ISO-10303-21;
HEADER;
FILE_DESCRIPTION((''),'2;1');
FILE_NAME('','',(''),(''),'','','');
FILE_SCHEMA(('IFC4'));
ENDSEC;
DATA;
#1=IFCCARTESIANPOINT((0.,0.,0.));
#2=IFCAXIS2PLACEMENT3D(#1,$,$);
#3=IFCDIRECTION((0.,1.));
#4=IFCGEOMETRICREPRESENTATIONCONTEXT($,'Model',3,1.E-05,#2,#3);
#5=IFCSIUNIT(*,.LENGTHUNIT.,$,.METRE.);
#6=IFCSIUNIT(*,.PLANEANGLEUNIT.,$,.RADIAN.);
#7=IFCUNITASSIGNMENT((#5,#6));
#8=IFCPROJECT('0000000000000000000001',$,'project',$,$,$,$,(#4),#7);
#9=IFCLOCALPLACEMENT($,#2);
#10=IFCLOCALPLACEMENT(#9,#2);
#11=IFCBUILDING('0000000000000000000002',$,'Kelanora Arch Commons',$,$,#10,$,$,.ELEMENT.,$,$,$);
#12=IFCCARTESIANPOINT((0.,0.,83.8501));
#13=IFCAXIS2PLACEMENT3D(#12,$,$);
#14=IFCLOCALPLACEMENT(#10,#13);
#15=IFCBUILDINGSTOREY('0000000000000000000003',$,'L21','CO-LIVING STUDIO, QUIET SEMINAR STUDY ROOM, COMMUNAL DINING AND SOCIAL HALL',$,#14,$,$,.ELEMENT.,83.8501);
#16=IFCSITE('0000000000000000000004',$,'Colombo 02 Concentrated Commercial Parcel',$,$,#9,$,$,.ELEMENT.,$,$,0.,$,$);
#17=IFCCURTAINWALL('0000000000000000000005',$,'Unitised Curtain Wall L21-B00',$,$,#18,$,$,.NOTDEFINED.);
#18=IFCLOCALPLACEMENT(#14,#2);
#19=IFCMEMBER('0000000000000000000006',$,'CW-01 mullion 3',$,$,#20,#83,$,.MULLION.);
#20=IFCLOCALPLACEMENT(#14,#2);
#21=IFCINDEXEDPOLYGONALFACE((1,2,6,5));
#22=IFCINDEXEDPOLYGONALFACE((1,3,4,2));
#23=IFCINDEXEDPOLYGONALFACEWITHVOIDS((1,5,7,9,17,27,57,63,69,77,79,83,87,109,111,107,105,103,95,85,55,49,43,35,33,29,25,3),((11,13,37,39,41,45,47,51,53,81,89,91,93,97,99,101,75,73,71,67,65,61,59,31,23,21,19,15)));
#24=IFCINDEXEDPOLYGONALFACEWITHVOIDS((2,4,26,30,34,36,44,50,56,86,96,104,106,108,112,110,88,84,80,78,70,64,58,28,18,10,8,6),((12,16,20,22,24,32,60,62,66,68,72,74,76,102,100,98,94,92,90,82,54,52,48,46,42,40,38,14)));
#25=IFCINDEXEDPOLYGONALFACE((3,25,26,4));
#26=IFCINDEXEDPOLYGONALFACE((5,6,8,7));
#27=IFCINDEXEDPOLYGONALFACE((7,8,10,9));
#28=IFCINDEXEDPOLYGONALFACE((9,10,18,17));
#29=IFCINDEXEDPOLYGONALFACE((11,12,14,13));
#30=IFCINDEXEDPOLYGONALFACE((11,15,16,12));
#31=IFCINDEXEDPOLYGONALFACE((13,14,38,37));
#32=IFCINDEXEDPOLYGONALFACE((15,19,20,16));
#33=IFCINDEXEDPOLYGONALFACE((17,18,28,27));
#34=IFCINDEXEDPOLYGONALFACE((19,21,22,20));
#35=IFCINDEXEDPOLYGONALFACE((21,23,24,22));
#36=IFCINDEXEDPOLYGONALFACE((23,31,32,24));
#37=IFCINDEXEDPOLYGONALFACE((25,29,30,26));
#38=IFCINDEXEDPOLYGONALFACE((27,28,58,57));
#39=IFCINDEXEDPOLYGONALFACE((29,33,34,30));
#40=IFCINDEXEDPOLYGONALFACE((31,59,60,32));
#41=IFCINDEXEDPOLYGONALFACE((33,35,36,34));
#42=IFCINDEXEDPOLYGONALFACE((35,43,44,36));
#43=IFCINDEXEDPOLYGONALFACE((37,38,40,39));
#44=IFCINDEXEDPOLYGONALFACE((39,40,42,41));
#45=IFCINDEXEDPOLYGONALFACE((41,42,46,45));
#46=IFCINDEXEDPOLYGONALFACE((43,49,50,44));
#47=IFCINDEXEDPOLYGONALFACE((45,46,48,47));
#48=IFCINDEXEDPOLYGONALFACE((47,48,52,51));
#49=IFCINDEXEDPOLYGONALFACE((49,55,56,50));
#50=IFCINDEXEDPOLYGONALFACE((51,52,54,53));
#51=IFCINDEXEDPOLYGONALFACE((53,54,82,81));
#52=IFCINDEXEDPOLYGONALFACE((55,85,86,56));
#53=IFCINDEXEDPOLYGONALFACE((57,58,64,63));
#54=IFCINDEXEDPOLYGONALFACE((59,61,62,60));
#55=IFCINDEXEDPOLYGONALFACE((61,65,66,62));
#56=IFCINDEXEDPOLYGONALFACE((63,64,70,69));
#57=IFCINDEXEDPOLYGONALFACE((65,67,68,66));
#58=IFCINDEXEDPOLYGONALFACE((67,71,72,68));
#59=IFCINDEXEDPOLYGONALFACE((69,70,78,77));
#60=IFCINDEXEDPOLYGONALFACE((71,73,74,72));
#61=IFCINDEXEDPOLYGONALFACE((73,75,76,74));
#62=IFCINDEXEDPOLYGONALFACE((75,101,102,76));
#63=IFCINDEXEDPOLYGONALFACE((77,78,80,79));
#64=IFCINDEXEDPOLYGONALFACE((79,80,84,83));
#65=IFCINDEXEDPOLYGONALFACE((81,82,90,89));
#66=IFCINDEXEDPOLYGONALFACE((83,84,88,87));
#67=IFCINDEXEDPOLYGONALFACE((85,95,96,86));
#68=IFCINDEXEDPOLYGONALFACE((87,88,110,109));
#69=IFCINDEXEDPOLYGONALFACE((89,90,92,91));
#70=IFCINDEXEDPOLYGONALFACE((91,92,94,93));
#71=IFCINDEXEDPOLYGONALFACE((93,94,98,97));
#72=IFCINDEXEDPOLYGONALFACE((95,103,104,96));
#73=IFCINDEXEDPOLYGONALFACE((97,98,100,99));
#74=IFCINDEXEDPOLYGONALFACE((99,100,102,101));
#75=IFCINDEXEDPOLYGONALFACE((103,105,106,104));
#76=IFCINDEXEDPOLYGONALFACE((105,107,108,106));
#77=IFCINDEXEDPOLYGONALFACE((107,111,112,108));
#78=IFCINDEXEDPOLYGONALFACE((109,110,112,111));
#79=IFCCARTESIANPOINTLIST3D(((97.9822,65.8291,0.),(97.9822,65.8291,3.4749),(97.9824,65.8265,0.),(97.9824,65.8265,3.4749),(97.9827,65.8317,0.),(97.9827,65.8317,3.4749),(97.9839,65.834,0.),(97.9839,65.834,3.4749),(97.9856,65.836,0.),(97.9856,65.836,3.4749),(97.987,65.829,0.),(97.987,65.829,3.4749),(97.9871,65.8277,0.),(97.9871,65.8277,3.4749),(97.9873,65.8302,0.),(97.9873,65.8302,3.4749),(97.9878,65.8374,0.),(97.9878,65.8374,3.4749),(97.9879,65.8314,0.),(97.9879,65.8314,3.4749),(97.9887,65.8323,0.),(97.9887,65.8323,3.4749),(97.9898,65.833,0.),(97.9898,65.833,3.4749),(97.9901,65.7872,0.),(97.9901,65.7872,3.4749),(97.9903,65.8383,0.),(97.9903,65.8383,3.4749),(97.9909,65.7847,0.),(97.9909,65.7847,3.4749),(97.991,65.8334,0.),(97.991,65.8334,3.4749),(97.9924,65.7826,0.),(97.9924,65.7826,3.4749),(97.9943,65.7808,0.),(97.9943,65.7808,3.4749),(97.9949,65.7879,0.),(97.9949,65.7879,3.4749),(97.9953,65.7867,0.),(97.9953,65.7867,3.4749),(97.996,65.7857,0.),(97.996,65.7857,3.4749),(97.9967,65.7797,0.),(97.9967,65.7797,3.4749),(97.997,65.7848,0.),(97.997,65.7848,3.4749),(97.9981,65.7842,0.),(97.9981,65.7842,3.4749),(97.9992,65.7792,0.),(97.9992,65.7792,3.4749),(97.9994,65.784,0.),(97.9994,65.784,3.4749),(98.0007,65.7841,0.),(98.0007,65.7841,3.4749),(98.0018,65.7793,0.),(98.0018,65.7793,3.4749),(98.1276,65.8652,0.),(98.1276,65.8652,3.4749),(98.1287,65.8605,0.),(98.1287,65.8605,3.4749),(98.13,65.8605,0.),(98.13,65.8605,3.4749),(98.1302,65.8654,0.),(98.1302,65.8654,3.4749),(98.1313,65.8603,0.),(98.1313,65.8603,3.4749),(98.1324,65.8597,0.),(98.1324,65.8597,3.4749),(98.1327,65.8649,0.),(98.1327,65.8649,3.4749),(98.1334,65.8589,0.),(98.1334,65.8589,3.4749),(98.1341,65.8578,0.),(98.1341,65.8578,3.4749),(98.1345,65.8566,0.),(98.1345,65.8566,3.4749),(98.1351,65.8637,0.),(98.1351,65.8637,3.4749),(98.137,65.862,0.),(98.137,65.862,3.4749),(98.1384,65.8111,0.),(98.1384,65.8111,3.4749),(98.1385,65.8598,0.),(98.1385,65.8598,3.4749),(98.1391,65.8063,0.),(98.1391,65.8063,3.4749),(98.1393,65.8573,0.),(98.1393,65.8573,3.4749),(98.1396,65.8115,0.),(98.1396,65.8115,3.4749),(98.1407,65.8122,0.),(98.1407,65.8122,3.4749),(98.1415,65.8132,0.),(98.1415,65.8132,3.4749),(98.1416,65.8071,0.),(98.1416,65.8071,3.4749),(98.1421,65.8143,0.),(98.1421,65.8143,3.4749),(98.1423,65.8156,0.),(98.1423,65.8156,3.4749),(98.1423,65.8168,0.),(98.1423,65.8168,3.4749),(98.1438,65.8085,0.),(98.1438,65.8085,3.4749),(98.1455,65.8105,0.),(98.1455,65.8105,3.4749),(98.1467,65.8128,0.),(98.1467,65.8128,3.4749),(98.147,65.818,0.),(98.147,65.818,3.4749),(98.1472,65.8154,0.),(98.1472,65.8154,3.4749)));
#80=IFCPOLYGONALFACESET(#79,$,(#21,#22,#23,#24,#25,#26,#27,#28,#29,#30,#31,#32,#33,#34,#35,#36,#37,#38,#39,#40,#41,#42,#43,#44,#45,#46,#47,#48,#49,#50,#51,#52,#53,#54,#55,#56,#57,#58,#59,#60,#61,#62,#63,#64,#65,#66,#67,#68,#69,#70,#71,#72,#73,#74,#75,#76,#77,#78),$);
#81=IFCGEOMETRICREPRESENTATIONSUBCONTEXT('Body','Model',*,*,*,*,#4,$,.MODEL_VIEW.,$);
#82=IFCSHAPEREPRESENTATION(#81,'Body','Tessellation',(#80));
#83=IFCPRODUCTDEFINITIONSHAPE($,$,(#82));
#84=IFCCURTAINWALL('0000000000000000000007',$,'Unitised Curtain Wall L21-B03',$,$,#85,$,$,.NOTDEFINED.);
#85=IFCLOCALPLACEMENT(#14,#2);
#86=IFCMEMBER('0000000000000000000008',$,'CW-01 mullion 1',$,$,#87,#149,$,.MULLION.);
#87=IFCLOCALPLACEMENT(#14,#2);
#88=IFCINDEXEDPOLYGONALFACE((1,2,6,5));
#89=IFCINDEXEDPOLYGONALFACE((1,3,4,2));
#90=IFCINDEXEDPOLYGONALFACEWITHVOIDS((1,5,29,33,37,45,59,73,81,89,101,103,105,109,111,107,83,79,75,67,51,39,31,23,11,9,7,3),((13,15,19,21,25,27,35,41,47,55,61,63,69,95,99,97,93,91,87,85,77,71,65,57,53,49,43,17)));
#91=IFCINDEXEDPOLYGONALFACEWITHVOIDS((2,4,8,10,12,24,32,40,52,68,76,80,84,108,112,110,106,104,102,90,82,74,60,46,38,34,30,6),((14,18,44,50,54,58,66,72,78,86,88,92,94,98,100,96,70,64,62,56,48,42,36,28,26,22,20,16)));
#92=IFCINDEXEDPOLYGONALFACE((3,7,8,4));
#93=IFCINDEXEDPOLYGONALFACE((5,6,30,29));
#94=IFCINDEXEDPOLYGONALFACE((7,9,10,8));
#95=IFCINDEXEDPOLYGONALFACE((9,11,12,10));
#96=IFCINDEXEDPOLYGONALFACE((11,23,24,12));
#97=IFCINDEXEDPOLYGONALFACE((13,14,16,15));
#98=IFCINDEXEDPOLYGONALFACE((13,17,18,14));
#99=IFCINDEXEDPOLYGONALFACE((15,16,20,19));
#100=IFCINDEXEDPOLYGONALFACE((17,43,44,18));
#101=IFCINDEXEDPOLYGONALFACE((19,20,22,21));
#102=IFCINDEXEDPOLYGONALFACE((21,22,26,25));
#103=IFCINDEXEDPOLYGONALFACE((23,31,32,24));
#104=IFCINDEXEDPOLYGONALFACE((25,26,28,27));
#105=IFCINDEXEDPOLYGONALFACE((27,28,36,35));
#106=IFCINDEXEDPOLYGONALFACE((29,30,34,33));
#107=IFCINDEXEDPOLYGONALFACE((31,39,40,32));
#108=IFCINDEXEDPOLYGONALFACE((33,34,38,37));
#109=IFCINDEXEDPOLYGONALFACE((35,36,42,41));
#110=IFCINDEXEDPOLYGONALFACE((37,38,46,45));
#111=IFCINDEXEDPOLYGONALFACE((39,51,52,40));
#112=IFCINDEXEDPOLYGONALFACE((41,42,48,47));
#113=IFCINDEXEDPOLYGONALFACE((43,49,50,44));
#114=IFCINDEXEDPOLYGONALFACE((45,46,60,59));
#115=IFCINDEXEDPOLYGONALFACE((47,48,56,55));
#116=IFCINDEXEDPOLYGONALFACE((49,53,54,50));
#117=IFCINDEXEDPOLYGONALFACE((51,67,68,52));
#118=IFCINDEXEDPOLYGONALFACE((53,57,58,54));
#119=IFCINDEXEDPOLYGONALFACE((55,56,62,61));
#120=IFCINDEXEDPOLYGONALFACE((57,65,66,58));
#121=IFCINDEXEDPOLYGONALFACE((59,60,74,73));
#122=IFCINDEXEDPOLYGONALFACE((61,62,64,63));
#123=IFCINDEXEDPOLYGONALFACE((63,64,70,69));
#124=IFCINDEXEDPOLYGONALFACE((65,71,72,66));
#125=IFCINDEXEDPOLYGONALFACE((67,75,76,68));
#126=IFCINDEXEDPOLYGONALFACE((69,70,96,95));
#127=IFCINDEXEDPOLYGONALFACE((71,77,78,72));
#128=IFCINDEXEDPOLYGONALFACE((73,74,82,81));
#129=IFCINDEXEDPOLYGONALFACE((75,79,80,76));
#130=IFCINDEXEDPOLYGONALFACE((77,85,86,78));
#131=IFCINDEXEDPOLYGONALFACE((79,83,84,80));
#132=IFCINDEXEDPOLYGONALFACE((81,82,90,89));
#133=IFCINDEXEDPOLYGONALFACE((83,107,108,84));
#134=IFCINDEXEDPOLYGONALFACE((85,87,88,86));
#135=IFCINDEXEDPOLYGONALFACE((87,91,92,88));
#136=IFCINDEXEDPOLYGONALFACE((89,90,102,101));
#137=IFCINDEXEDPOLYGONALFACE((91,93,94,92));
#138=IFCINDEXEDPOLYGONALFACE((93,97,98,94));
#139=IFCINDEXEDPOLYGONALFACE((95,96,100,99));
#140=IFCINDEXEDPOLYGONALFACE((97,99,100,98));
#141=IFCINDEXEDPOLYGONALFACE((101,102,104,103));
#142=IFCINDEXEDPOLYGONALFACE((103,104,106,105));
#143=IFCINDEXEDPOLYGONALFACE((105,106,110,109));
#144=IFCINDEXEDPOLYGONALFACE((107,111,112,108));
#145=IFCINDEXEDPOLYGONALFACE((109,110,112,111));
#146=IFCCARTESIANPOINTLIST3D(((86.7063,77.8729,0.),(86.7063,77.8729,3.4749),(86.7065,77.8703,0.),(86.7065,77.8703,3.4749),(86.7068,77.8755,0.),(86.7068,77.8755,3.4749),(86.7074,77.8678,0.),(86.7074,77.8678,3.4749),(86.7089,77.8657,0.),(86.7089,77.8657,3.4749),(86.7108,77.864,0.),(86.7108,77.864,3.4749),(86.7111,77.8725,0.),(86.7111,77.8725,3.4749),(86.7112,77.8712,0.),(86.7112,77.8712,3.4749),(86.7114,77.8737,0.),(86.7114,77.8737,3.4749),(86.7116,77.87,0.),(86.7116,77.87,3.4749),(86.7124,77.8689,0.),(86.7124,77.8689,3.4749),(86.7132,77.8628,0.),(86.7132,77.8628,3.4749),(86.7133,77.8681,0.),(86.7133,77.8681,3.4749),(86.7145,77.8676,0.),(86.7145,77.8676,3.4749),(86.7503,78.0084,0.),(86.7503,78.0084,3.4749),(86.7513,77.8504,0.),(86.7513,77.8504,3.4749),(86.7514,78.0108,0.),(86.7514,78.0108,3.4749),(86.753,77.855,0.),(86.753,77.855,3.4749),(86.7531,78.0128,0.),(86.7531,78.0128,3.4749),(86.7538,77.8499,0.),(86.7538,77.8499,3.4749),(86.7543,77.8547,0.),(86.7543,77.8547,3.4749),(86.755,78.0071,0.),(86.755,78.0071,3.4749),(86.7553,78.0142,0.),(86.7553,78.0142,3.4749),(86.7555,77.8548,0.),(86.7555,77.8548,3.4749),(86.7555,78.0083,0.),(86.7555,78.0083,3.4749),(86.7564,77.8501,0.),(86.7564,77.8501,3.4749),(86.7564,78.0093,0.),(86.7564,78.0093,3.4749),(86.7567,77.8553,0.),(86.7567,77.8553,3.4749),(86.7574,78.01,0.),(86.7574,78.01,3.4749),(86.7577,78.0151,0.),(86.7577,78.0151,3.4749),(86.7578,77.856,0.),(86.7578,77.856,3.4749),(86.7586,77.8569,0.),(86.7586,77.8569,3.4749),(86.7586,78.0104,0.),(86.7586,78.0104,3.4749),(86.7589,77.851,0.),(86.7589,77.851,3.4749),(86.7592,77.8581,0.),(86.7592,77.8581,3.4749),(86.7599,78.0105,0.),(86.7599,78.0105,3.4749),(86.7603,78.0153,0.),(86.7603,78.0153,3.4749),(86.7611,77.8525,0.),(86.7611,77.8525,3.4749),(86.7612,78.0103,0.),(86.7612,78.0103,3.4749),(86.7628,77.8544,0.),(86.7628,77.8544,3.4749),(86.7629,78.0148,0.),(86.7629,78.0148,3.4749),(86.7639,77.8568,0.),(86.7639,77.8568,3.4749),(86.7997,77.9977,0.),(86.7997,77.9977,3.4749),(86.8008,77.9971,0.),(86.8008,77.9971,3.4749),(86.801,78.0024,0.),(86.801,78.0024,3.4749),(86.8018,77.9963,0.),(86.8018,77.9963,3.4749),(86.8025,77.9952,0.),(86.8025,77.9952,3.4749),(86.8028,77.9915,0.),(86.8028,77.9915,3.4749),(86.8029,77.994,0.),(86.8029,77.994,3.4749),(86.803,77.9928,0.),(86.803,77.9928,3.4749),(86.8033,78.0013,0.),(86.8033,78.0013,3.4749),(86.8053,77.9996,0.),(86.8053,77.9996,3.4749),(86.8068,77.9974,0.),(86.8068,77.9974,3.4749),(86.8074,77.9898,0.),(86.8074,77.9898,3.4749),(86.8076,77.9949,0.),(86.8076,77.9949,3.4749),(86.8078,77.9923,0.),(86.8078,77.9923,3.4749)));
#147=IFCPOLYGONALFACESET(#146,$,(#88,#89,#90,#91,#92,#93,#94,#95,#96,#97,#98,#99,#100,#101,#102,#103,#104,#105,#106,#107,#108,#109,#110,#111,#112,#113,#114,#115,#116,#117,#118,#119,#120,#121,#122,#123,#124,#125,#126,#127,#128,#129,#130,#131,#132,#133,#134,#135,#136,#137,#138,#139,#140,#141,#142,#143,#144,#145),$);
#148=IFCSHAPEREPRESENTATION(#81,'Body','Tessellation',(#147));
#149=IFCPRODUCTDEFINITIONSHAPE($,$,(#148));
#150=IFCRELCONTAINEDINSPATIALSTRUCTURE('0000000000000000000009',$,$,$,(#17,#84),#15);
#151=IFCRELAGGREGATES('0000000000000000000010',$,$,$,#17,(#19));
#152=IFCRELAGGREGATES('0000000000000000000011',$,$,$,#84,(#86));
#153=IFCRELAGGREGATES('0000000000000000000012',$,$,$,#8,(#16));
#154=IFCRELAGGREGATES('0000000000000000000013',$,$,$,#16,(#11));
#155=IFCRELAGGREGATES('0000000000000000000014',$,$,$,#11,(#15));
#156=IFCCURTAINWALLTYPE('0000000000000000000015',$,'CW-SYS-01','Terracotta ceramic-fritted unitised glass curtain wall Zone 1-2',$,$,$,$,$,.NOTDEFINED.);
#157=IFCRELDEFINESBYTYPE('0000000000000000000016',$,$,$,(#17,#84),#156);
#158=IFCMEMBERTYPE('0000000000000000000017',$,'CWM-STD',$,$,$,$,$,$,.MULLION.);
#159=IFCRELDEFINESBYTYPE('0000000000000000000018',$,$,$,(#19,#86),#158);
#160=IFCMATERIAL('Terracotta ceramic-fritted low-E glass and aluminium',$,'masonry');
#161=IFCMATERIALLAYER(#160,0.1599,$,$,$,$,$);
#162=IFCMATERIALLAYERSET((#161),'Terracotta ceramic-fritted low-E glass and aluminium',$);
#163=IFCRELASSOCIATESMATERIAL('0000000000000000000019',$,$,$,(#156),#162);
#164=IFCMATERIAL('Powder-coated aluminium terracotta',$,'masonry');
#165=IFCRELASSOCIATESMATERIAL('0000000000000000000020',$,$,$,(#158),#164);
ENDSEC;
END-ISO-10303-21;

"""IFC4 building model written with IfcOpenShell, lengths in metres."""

from ifc_helpers import new_model, si_unit, direction, frame, origin, origin_2d, place, context, subcontext, project, spatial, hollow_rectangle, extrude, material, layer, layer_set, material_profile, profile_set, type_object, element, aggregate, save


model = new_model("IFC4")

# Units and contexts
model_context = context("Model", 3, precision=1e-05, world=origin(), true_north=direction((0.0, 1.0)))
body_context = subcontext(model_context, "Body", "Model", "MODEL_VIEW")
ifc_project = project(units=[si_unit("LENGTHUNIT", "METRE"), si_unit("PLANEANGLEUNIT", "RADIAN")], contexts=[model_context])

# Site, building, storey
site_placement = place(None, origin())
site = spatial("IfcSite", under=ifc_project, at=site_placement, Name="Colombo 02 Concentrated Commercial Parcel", CompositionType="ELEMENT", RefElevation=0.0)
building_placement = place(site_placement, origin())
building = spatial("IfcBuilding", under=site, at=building_placement, Name="Kelanora Arch Commons", CompositionType="ELEMENT")
storey_placement = place(building_placement, frame((0.0, 0.0, 83.8501)))
storey = spatial("IfcBuildingStorey", under=building, at=storey_placement, Name="L21", Description="CO-LIVING STUDIO, QUIET SEMINAR STUDY ROOM, COMMUNAL DINING AND SOCIAL HALL", CompositionType="ELEMENT", Elevation=83.8501)

# Curtain wall, member
ifc_material_1 = material(Name="Terracotta ceramic-fritted low-E glass and aluminium", Category="masonry")
ifc_layer_1 = layer(ifc_material_1, 0.1599)
ifc_layer_set_1 = layer_set([ifc_layer_1], Name="Terracotta ceramic-fritted low-E glass and aluminium")
curtain_wall_type = type_object("IfcCurtainWallType", Name="CW-SYS-01", Description="Terracotta ceramic-fritted unitised glass curtain wall Zone 1-2", PredefinedType="NOTDEFINED", material=ifc_layer_set_1)
curtain_wall_1_placement = place(storey_placement, origin())
curtain_wall_1 = element("IfcCurtainWall", 1, at=curtain_wall_1_placement, inside=storey, type_object=curtain_wall_type, Name="Unitised Curtain Wall L21-B00", PredefinedType="NOTDEFINED")
ifc_material_2 = material(Name="Powder-coated aluminium terracotta", Category="masonry")
ifc_material_profile_1 = material_profile(ifc_material_2, hollow_rectangle(XDim=0.1599, YDim=0.0601, WallThickness=0.0049, InnerFilletRadius=0.0049, OuterFilletRadius=0.01, at=origin_2d()), Name="CWM160x60")
ifc_profile_set_1 = profile_set([ifc_material_profile_1], Name="Powder-coated aluminium terracotta")
member_type_1 = type_object("IfcMemberType", Name="CWM-STD", PredefinedType="MULLION", material=ifc_profile_set_1)
member_1_placement = place(storey_placement, frame((98.0647, 65.8223, 0.0), z_axis=(0.0, 0.0, 1.0), x_axis=(-0.98128, -0.192585, 0.0)))
member_1 = element("IfcMember", 2, at=member_1_placement, type_object=member_type_1, Name="CW-01 mullion 3", PredefinedType="MULLION", context=body_context, shape_type="SweptSolid", body=[
    extrude(hollow_rectangle(XDim=0.1599, YDim=0.0601, WallThickness=0.0049, InnerFilletRadius=0.0049, OuterFilletRadius=0.01, at=origin_2d()), origin(), (0.0, 0.0, 1.0), 3.4749),
])
aggregate(curtain_wall_1, [member_1])

# Curtain wall, member
curtain_wall_2_placement = place(storey_placement, origin())
curtain_wall_2 = element("IfcCurtainWall", 3, at=curtain_wall_2_placement, inside=storey, type_object=curtain_wall_type, Name="Unitised Curtain Wall L21-B03", PredefinedType="NOTDEFINED")
member_2_placement = place(storey_placement, frame((86.7571, 77.9326, 0.0), z_axis=(0.0, 0.0, 1.0), x_axis=(-0.310805, -0.950474, 0.0)))
member_2 = element("IfcMember", 4, at=member_2_placement, type_object=member_type_1, Name="CW-01 mullion 1", PredefinedType="MULLION", context=body_context, shape_type="SweptSolid", body=[
    extrude(hollow_rectangle(XDim=0.1599, YDim=0.0601, WallThickness=0.0049, InnerFilletRadius=0.0049, OuterFilletRadius=0.01, at=origin_2d()), origin(), (0.0, 0.0, 1.0), 3.4749),
])
aggregate(curtain_wall_2, [member_2])

save(model, "model.ifc")
